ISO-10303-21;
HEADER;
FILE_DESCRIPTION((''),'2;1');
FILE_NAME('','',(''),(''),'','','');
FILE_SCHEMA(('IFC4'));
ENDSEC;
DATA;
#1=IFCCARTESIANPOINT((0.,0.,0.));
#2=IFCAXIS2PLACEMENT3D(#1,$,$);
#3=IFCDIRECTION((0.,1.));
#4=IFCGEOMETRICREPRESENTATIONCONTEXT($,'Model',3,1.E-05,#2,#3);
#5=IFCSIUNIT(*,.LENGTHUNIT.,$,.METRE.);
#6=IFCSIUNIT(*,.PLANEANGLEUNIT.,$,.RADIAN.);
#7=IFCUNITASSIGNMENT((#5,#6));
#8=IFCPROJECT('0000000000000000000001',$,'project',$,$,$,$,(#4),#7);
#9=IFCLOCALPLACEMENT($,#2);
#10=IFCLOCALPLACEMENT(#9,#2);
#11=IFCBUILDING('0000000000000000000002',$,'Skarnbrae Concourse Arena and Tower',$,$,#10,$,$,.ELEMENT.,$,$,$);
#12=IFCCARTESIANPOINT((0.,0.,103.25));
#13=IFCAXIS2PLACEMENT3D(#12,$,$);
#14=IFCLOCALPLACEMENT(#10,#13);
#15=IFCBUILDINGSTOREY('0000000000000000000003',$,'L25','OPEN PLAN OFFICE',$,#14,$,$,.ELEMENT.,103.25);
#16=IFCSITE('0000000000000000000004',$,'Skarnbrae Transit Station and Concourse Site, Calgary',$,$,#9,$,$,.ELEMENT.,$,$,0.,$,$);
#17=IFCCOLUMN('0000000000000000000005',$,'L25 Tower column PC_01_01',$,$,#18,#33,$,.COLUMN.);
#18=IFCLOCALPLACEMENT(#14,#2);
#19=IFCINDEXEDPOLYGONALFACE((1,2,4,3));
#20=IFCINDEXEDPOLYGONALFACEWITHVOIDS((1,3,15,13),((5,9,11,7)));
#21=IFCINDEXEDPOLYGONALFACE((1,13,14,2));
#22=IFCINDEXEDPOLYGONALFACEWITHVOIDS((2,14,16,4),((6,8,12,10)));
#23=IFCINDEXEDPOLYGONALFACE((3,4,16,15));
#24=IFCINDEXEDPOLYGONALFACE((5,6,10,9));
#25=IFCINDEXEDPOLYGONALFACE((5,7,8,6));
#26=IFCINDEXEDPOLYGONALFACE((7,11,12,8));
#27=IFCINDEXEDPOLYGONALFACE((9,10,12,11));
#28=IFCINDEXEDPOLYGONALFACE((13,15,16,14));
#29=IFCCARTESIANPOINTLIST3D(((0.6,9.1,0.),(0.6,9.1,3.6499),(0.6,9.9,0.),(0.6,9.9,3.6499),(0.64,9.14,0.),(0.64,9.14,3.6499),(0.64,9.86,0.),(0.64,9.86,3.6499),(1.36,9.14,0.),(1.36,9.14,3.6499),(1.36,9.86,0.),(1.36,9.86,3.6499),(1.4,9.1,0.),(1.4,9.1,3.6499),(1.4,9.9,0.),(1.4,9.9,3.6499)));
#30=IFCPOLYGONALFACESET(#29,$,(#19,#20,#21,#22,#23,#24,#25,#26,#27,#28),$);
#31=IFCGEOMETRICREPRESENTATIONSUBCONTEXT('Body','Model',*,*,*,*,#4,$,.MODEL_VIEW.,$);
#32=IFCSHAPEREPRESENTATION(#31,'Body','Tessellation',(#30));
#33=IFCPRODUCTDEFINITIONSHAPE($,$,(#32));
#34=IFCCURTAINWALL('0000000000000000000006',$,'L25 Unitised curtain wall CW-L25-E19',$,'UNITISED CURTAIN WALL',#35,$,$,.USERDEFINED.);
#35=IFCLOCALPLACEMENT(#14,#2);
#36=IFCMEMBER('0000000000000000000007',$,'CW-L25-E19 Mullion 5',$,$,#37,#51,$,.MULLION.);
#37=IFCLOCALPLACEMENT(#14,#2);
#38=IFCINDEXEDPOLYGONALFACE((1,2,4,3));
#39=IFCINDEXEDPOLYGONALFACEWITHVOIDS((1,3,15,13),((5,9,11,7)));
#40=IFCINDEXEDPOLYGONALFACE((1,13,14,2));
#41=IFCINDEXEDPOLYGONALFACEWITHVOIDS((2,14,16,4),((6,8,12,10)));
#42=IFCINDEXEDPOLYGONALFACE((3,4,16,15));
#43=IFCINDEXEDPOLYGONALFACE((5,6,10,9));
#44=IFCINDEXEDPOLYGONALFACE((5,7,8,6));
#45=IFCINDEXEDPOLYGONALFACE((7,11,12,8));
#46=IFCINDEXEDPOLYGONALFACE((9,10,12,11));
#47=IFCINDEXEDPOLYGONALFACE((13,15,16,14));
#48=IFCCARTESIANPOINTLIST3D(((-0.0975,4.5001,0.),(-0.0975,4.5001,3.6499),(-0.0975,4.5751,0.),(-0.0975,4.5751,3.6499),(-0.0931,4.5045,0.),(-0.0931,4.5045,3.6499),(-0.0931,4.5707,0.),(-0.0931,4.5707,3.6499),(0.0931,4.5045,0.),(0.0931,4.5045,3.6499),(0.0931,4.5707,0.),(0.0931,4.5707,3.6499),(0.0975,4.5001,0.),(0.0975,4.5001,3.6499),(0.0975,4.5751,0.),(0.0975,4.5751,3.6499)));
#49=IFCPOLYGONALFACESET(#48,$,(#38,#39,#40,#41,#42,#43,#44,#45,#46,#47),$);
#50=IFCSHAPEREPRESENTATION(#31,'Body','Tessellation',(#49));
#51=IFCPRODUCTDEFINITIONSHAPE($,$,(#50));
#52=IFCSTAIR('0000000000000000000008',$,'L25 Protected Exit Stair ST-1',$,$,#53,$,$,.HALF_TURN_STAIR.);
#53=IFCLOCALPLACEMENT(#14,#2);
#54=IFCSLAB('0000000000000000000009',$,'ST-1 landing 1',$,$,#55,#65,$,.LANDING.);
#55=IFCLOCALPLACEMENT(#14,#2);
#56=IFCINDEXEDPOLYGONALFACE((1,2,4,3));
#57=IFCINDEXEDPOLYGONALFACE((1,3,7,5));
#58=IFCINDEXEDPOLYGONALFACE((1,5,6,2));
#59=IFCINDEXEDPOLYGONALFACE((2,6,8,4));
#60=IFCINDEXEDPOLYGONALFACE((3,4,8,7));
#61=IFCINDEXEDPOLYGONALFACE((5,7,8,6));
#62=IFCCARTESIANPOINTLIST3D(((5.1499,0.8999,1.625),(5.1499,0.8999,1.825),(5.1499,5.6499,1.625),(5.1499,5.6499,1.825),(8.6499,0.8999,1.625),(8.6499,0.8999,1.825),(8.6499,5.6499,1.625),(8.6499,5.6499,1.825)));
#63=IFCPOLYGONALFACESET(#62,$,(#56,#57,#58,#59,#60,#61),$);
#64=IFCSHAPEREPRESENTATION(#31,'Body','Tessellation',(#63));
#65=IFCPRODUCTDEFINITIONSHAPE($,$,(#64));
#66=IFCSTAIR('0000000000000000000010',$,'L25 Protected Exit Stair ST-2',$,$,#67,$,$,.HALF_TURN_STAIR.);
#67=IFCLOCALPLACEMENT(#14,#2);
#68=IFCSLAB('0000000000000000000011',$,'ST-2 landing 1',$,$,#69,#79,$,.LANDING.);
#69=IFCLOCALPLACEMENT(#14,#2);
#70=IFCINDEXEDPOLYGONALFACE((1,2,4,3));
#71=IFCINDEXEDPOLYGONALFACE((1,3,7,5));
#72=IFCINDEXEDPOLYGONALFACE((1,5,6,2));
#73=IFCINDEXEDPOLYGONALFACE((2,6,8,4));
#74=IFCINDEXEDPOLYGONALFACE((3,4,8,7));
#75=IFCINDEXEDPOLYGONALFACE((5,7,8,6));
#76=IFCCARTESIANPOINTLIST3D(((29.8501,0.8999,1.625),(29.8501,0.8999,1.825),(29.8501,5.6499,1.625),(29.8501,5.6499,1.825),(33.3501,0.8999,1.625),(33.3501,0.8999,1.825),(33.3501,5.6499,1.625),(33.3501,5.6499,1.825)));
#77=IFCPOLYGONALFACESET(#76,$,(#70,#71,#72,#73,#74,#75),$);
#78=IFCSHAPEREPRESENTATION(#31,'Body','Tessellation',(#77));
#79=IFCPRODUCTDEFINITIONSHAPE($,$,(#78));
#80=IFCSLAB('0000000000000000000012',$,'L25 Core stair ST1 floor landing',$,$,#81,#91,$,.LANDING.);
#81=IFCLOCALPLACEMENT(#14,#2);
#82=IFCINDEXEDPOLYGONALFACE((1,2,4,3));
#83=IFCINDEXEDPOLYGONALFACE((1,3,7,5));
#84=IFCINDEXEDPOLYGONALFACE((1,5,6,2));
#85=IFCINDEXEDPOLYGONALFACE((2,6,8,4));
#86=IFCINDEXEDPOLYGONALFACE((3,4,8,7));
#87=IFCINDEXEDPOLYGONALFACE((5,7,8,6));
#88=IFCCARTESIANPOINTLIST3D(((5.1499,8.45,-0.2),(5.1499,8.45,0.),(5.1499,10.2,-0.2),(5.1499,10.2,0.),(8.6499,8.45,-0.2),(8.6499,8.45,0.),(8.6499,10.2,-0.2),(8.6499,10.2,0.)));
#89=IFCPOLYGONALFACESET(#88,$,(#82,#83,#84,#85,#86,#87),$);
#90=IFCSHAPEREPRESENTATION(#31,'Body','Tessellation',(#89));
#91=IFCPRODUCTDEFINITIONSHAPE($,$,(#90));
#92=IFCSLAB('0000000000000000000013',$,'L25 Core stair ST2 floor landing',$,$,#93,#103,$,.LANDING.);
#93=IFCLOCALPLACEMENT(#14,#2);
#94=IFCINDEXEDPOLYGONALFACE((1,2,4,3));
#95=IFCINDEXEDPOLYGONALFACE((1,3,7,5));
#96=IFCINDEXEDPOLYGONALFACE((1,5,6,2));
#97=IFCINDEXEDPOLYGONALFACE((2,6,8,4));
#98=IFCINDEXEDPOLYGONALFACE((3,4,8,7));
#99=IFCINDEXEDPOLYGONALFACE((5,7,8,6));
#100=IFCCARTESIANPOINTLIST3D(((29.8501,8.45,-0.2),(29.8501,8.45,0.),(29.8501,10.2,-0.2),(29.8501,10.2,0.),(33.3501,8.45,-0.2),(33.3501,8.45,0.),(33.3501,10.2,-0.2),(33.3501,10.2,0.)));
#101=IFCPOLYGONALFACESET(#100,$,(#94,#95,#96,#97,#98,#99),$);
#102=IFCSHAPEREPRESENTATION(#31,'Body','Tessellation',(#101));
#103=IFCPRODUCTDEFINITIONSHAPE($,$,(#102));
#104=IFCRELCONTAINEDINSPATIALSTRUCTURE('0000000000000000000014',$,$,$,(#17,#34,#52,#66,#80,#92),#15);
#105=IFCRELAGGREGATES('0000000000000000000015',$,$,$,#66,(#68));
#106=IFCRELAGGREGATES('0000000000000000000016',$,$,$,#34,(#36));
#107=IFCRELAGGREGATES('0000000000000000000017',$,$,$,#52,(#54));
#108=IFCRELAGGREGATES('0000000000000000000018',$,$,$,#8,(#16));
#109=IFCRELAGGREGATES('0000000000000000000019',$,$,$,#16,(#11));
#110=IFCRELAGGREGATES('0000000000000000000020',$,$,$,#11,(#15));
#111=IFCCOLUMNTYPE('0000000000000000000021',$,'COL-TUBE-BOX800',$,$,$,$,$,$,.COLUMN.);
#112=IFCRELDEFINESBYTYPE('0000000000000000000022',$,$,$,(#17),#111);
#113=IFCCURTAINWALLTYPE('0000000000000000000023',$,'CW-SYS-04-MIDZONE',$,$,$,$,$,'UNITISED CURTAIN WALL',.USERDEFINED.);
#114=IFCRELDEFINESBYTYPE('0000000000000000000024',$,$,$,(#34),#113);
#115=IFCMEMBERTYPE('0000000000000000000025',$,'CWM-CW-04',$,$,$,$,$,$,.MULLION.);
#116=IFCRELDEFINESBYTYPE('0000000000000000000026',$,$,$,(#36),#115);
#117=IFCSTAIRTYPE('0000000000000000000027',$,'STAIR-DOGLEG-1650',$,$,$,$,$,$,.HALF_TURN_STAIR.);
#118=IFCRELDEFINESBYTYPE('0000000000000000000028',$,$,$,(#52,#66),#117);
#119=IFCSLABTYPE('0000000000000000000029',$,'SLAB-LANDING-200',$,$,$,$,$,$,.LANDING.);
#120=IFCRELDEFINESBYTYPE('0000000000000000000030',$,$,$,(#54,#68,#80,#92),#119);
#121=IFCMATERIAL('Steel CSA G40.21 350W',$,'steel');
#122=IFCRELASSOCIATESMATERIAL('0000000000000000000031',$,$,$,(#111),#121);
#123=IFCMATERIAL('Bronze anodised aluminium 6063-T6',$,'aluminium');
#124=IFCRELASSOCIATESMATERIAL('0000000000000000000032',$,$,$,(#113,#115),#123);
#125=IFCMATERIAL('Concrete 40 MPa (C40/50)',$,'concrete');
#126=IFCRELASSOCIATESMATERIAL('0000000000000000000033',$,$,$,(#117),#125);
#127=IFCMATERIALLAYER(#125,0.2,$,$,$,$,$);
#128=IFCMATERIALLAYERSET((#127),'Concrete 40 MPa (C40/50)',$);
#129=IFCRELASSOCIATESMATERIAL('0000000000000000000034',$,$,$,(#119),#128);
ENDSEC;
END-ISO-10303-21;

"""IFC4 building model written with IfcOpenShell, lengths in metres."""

from ifc_helpers import new_model, si_unit, direction, frame, origin, origin_2d, place, context, subcontext, project, spatial, polyline, hollow_rectangle, outline, extrude, source, transform, mapped, material, layer, layer_set, material_profile, profile_set, type_object, element, aggregate, save


model = new_model("IFC4")

# Units and contexts
model_context = context("Model", 3, precision=1e-05, world=origin(), true_north=direction((0.0, 1.0)))
body_context = subcontext(model_context, "Body", "Model", "MODEL_VIEW")
ifc_project = project(units=[si_unit("LENGTHUNIT", "METRE"), si_unit("PLANEANGLEUNIT", "RADIAN")], contexts=[model_context])

# Site, building, storey
site_placement = place(None, origin())
site = spatial("IfcSite", under=ifc_project, at=site_placement, Name="Skarnbrae Transit Station and Concourse Site, Calgary", CompositionType="ELEMENT", RefElevation=0.0)
building_placement = place(site_placement, origin())
building = spatial("IfcBuilding", under=site, at=building_placement, Name="Skarnbrae Concourse Arena and Tower", CompositionType="ELEMENT")
storey_placement = place(building_placement, frame((0.0, 0.0, 103.25)))
storey = spatial("IfcBuildingStorey", under=building, at=storey_placement, Name="L25", Description="OPEN PLAN OFFICE", CompositionType="ELEMENT", Elevation=103.25)

# Column
ifc_material_1 = material(Name="Steel CSA G40.21 350W", Category="steel")
ifc_material_profile_1 = material_profile(ifc_material_1, hollow_rectangle(XDim=0.8, YDim=0.8, WallThickness=0.04, at=origin_2d()), Name="BOX800X800X40")
ifc_profile_set_1 = profile_set([ifc_material_profile_1], Name="Steel CSA G40.21 350W")
column_type = type_object("IfcColumnType", Name="COL-TUBE-BOX800", PredefinedType="COLUMN", material=ifc_profile_set_1)
shared_shape_1 = source(origin(), body_context, "Body", "SweptSolid", [
    extrude(hollow_rectangle(XDim=0.8, YDim=0.8, WallThickness=0.04, at=origin_2d()), origin(), (0.0, 0.0, 1.0), 3.6499),
])
column_placement = place(storey_placement, frame((1.0, 9.5, 0.0), z_axis=(0.0, 0.0, 1.0), x_axis=(1.0, 0.0, 0.0)))
element("IfcColumn", 1, at=column_placement, inside=storey, type_object=column_type, Name="L25 Tower column PC_01_01", PredefinedType="COLUMN", context=body_context, shape_type="MappedRepresentation", body=[
    mapped(shared_shape_1, transform((0.0, 0.0, 0.0))),
])

# Curtain wall, member
ifc_material_2 = material(Name="Bronze anodised aluminium 6063-T6", Category="aluminium")
curtain_wall_type = type_object("IfcCurtainWallType", Name="CW-SYS-04-MIDZONE", ElementType="UNITISED CURTAIN WALL", PredefinedType="USERDEFINED", material=ifc_material_2)
curtain_wall_placement = place(storey_placement, origin())
curtain_wall = element("IfcCurtainWall", 2, at=curtain_wall_placement, inside=storey, type_object=curtain_wall_type, Name="L25 Unitised curtain wall CW-L25-E19", ObjectType="UNITISED CURTAIN WALL", PredefinedType="USERDEFINED")
ifc_material_profile_2 = material_profile(ifc_material_2, hollow_rectangle(XDim=0.075, YDim=0.1951, WallThickness=0.0044, at=origin_2d()), Name="ALU-MULL-75X195")
ifc_profile_set_2 = profile_set([ifc_material_profile_2], Name="Bronze anodised aluminium 6063-T6")
member_type = type_object("IfcMemberType", Name="CWM-CW-04", PredefinedType="MULLION", material=ifc_profile_set_2)
shared_shape_2 = source(origin(), body_context, "Body", "SweptSolid", [
    extrude(hollow_rectangle(XDim=0.075, YDim=0.1951, WallThickness=0.0044, at=origin_2d()), origin(), (0.0, 0.0, 1.0), 3.6499),
])
member_placement = place(storey_placement, frame((0.0, 4.5376, 0.0), z_axis=(0.0, 0.0, 1.0), x_axis=(0.0, -1.0, 0.0)))
member = element("IfcMember", 3, at=member_placement, type_object=member_type, Name="CW-L25-E19 Mullion 5", PredefinedType="MULLION", context=body_context, shape_type="MappedRepresentation", body=[
    mapped(shared_shape_2, transform((0.0, 0.0, 0.0))),
])

# Stairs, slabs
ifc_material_3 = material(Name="Concrete 40 MPa (C40/50)", Category="concrete")
stair_type = type_object("IfcStairType", Name="STAIR-DOGLEG-1650", PredefinedType="HALF_TURN_STAIR", material=ifc_material_3)
stair_1_placement = place(storey_placement, origin())
stair_1 = element("IfcStair", 4, at=stair_1_placement, inside=storey, type_object=stair_type, Name="L25 Protected Exit Stair ST-1", PredefinedType="HALF_TURN_STAIR")
ifc_layer_1 = layer(ifc_material_3, 0.2)
ifc_layer_set_1 = layer_set([ifc_layer_1], Name="Concrete 40 MPa (C40/50)")
slab_type_1 = type_object("IfcSlabType", Name="SLAB-LANDING-200", PredefinedType="LANDING", material=ifc_layer_set_1)
slab_1_placement = place(storey_placement, frame((0.0, 0.0, 1.625)))
slab_1 = element("IfcSlab", 5, at=slab_1_placement, type_object=slab_type_1, Name="ST-1 landing 1", PredefinedType="LANDING", context=body_context, shape_type="SweptSolid", body=[
    extrude(outline(polyline([(5.1499, 5.6499), (5.1499, 0.8999), (8.6499, 0.8999), (8.6499, 5.6499), (5.1499, 5.6499)])), origin(), (0.0, 0.0, 1.0), 0.2),
])
stair_2_placement = place(storey_placement, origin())
stair_2 = element("IfcStair", 6, at=stair_2_placement, inside=storey, type_object=stair_type, Name="L25 Protected Exit Stair ST-2", PredefinedType="HALF_TURN_STAIR")
slab_2_placement = place(storey_placement, frame((0.0, 0.0, 1.625)))
slab_2 = element("IfcSlab", 7, at=slab_2_placement, type_object=slab_type_1, Name="ST-2 landing 1", PredefinedType="LANDING", context=body_context, shape_type="SweptSolid", body=[
    extrude(outline(polyline([(29.8501, 5.6499), (29.8501, 0.8999), (33.3501, 0.8999), (33.3501, 5.6499), (29.8501, 5.6499)])), origin(), (0.0, 0.0, 1.0), 0.2),
])
aggregate(stair_2, [slab_2])

# Slabs
slab_3_placement = place(storey_placement, frame((0.0, 0.0, -0.2)))
element("IfcSlab", 8, at=slab_3_placement, inside=storey, type_object=slab_type_1, Name="L25 Core stair ST1 floor landing", PredefinedType="LANDING", context=body_context, shape_type="SweptSolid", body=[
    extrude(outline(polyline([(5.1499, 10.2), (5.1499, 8.45), (8.6499, 8.45), (8.6499, 10.2), (5.1499, 10.2)])), origin(), (0.0, 0.0, 1.0), 0.2),
])
slab_4_placement = place(storey_placement, frame((0.0, 0.0, -0.2)))
element("IfcSlab", 9, at=slab_4_placement, inside=storey, type_object=slab_type_1, Name="L25 Core stair ST2 floor landing", PredefinedType="LANDING", context=body_context, shape_type="SweptSolid", body=[
    extrude(outline(polyline([(29.8501, 10.2), (29.8501, 8.45), (33.3501, 8.45), (33.3501, 10.2), (29.8501, 10.2)])), origin(), (0.0, 0.0, 1.0), 0.2),
])

aggregate(curtain_wall, [member])

aggregate(stair_1, [slab_1])

save(model, "model.ifc")
